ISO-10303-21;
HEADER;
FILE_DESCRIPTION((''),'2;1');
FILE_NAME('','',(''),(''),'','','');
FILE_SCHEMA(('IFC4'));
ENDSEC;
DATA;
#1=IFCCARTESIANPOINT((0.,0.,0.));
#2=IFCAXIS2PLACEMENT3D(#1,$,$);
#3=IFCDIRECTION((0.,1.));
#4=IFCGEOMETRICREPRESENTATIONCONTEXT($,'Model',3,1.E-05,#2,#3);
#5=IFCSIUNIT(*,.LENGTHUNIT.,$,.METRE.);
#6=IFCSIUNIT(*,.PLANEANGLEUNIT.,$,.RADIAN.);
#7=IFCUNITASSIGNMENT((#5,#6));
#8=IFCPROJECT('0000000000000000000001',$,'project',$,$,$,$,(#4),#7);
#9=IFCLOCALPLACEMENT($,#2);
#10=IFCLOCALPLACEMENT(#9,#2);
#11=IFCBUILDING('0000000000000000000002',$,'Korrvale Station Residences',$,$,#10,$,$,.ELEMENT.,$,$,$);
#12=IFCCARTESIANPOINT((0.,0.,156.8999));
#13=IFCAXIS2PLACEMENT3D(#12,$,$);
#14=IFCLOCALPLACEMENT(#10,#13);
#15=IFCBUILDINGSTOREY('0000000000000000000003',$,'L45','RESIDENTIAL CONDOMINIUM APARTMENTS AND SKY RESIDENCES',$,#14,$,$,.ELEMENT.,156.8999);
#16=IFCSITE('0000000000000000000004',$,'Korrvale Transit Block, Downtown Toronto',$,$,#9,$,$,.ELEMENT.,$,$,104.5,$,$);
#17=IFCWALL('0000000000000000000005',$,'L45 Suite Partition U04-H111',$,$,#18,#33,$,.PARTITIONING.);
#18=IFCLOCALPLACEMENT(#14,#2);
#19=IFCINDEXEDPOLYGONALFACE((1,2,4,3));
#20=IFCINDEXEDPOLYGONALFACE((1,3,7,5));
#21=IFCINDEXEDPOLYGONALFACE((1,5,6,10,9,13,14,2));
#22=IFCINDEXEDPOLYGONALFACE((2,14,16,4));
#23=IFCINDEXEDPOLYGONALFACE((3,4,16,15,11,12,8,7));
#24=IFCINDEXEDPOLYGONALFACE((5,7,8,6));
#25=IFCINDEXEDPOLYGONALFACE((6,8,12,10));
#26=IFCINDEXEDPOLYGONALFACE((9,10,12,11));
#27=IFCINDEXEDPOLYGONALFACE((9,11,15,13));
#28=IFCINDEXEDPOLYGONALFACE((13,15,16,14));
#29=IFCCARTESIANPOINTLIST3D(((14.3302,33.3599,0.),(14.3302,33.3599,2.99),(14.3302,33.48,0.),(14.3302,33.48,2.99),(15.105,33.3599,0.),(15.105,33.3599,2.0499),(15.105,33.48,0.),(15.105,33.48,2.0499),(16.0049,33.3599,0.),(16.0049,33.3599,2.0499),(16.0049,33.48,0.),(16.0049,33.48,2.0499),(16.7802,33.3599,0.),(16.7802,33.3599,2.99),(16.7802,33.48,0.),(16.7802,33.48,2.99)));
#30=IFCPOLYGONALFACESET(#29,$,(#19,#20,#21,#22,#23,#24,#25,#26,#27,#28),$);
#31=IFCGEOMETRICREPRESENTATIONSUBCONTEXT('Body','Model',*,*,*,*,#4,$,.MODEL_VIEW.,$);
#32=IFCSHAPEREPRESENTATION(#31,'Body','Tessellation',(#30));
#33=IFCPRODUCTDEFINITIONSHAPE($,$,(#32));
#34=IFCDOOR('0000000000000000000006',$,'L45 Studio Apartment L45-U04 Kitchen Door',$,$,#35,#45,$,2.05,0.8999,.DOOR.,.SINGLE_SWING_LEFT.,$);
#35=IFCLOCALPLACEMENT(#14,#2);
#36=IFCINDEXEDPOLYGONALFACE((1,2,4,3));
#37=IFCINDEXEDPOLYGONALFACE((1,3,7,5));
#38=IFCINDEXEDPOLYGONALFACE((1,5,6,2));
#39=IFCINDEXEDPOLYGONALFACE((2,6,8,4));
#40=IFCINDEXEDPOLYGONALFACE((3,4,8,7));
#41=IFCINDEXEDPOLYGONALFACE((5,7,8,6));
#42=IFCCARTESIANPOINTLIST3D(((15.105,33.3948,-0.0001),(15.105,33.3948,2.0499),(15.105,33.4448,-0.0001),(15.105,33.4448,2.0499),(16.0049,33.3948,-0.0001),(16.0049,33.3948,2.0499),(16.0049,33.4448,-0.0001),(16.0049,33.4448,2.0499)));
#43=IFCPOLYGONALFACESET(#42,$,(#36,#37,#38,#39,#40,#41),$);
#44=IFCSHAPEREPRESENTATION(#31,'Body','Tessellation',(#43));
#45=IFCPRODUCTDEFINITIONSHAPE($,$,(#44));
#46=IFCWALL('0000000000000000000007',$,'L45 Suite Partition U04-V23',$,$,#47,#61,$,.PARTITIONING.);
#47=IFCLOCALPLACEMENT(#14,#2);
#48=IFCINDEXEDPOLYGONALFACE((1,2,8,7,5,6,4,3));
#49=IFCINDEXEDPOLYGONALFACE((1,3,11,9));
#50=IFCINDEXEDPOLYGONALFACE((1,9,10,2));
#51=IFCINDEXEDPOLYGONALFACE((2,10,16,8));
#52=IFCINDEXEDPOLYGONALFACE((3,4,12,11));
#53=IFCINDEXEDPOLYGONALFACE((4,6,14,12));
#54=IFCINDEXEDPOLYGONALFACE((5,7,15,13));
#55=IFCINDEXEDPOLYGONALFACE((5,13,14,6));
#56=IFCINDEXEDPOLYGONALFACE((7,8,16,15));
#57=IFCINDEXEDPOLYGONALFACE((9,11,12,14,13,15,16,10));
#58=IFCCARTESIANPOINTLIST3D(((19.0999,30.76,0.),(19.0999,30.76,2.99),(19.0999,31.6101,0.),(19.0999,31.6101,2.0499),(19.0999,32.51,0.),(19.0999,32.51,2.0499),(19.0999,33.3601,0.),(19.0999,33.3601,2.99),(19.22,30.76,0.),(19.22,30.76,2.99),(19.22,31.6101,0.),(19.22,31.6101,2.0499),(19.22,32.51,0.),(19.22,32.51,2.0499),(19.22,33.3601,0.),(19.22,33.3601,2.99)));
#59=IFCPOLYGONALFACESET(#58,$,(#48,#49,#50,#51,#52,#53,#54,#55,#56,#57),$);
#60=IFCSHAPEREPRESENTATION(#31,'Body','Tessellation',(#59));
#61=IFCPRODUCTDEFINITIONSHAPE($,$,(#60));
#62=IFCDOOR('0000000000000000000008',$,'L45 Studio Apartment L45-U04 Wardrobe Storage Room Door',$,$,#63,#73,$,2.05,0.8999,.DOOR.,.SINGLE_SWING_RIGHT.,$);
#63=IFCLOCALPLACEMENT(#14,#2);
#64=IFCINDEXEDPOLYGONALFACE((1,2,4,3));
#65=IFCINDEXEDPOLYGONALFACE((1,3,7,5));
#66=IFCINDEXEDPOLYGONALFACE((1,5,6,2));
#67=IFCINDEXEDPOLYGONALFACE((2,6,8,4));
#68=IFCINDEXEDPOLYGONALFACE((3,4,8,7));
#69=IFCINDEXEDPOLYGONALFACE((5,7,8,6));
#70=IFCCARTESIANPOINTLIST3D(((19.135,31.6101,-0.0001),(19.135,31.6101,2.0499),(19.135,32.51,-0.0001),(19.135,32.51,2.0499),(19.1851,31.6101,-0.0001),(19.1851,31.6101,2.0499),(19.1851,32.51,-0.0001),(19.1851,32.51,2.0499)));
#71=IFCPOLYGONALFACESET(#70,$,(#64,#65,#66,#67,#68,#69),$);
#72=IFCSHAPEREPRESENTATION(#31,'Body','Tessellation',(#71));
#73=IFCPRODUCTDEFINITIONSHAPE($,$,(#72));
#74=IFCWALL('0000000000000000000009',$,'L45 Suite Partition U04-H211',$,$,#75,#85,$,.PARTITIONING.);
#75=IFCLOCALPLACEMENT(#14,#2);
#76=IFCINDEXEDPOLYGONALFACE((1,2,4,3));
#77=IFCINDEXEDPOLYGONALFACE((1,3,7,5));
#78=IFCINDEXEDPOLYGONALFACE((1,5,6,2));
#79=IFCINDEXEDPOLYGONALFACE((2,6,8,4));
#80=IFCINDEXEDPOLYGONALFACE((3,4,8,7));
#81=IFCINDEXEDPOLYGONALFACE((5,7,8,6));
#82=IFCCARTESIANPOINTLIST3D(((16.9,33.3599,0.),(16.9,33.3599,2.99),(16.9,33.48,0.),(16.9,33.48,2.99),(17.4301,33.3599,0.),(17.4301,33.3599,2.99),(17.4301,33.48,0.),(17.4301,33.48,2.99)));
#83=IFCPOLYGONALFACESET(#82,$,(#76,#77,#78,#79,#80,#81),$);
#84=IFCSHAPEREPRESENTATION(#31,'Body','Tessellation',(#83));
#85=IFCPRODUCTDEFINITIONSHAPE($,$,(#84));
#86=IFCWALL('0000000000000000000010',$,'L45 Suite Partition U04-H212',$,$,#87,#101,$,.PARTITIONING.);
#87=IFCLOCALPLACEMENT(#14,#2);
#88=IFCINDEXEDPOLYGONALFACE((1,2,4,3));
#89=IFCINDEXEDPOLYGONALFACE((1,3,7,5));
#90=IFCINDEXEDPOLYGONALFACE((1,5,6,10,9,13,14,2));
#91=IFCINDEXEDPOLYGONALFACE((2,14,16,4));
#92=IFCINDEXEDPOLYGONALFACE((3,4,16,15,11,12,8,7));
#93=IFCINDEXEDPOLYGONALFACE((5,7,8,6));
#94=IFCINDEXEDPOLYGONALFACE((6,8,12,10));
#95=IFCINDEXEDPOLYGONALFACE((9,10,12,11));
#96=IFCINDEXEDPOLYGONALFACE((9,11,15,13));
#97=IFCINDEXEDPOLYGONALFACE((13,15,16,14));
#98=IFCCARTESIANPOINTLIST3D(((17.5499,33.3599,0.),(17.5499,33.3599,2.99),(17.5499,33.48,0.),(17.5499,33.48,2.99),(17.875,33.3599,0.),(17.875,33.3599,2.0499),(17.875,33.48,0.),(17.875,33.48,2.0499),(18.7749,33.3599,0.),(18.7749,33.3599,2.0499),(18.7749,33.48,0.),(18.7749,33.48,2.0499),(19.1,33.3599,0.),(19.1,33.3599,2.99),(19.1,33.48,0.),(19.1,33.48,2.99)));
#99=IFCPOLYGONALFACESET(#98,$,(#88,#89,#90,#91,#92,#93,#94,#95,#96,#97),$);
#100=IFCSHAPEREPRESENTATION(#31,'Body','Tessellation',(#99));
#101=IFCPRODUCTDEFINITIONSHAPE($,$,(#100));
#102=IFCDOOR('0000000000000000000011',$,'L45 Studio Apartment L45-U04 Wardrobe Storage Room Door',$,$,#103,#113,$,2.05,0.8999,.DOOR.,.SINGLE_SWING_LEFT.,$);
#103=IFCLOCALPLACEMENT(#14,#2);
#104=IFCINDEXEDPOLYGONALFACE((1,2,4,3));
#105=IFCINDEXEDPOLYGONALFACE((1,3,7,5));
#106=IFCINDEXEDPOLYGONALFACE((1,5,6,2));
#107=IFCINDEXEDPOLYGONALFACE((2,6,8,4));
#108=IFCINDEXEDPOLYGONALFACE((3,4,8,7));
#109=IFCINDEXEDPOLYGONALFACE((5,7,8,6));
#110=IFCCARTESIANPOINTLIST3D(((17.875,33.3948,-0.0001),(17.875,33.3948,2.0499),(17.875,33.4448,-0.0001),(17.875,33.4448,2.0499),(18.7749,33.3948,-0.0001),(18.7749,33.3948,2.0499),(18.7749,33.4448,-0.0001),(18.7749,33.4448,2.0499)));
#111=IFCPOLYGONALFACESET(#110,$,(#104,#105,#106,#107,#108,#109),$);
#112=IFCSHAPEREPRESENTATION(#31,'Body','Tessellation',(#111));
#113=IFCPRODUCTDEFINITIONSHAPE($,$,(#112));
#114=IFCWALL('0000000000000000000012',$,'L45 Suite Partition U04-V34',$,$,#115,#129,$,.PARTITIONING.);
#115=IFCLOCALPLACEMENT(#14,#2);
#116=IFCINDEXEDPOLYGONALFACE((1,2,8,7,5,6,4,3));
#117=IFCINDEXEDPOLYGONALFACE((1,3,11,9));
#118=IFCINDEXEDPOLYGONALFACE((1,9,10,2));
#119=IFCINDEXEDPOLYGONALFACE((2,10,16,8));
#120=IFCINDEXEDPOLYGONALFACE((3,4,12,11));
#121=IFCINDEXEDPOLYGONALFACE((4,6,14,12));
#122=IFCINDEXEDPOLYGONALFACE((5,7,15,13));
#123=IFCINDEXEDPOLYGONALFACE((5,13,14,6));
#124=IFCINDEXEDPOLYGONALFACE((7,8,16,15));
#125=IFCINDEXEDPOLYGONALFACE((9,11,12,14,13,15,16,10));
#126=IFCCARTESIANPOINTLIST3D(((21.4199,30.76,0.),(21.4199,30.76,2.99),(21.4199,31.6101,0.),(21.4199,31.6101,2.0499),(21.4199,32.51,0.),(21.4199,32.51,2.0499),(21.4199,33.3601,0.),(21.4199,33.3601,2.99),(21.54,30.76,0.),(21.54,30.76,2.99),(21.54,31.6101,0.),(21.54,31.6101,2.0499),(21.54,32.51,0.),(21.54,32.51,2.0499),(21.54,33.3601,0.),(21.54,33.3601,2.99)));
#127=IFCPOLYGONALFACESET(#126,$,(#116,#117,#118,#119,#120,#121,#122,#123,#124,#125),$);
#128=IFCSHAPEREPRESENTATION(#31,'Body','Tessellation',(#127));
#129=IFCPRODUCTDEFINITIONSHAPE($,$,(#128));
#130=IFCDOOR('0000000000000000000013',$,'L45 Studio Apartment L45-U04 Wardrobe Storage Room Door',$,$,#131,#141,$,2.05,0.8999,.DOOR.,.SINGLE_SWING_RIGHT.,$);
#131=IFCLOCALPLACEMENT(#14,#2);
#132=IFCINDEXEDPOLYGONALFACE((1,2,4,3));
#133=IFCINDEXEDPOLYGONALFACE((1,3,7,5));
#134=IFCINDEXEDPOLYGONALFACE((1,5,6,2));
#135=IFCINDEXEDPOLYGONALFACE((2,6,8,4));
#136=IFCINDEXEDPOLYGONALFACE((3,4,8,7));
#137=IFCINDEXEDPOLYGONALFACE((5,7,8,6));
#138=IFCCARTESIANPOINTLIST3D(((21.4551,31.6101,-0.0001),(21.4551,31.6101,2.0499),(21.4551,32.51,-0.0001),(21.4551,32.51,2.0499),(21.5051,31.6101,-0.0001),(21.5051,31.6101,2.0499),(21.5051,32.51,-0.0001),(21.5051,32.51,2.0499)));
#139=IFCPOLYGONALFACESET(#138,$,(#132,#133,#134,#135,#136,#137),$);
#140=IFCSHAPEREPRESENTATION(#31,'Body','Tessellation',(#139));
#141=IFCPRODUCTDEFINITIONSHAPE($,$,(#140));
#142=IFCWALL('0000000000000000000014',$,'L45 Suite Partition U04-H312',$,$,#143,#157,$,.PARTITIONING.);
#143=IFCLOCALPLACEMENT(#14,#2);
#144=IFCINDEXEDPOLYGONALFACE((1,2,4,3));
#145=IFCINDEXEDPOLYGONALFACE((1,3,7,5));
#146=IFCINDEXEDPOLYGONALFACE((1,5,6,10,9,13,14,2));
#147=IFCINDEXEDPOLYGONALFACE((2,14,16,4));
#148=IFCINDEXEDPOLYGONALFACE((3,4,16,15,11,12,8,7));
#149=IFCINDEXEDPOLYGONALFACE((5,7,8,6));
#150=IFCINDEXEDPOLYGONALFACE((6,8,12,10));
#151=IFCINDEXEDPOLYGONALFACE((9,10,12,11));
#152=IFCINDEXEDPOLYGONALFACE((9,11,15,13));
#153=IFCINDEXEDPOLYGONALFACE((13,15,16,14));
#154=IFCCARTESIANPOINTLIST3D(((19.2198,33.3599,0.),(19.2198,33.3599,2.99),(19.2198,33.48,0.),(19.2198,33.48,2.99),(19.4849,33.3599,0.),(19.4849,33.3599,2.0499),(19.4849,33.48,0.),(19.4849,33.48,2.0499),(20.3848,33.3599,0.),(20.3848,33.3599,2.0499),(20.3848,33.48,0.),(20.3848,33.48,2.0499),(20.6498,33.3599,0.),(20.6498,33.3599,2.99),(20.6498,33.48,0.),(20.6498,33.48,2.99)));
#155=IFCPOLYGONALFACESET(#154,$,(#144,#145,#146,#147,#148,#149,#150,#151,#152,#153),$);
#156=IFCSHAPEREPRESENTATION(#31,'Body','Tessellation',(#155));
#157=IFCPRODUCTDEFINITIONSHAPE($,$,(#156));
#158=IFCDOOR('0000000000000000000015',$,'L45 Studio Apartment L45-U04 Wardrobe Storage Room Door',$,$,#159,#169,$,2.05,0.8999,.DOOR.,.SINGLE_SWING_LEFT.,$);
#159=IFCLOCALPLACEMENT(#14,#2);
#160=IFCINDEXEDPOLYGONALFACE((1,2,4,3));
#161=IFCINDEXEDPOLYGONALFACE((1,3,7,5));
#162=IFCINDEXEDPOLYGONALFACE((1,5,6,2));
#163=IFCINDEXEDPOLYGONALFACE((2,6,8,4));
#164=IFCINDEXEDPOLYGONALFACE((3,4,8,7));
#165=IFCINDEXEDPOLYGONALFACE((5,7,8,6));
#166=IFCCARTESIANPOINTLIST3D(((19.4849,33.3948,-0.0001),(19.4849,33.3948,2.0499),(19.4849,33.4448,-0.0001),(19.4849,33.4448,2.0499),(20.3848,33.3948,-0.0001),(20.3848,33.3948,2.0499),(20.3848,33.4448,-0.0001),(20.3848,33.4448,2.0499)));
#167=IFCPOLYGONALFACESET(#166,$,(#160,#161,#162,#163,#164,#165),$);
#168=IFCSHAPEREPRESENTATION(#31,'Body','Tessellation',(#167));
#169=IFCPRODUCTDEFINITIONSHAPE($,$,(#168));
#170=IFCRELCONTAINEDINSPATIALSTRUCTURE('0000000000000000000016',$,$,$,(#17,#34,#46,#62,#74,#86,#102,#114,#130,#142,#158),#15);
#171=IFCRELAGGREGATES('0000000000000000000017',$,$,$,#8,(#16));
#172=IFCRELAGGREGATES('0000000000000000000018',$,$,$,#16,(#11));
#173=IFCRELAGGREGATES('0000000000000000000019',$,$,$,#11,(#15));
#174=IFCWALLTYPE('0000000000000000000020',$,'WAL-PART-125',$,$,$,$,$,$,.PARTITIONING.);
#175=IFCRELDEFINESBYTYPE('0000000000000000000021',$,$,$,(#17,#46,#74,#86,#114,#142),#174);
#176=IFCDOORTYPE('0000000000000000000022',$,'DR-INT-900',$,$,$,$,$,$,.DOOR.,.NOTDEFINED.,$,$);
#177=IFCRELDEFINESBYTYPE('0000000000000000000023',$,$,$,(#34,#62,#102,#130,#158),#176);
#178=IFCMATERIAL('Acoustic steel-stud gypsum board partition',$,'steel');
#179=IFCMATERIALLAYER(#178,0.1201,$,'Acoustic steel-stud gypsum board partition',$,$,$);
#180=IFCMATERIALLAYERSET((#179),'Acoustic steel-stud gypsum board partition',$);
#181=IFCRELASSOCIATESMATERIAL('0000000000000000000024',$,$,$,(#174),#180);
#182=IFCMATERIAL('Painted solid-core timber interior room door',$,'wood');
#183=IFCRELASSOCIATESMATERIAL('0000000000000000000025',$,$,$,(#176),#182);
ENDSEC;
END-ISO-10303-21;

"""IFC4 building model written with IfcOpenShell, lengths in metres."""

from ifc_helpers import new_model, si_unit, direction, frame, frame_2d, origin, place, context, subcontext, project, spatial, rectangle, extrude, material, layer, layer_set, type_object, element, fill, save


model = new_model("IFC4")

# Units and contexts
model_context = context("Model", 3, precision=1e-05, world=origin(), true_north=direction((0.0, 1.0)))
body_context = subcontext(model_context, "Body", "Model", "MODEL_VIEW")
ifc_project = project(units=[si_unit("LENGTHUNIT", "METRE"), si_unit("PLANEANGLEUNIT", "RADIAN")], contexts=[model_context])

# Site, building, storey
site_placement = place(None, origin())
site = spatial("IfcSite", under=ifc_project, at=site_placement, Name="Korrvale Transit Block, Downtown Toronto", CompositionType="ELEMENT", RefElevation=104.5)
building_placement = place(site_placement, origin())
building = spatial("IfcBuilding", under=site, at=building_placement, Name="Korrvale Station Residences", CompositionType="ELEMENT")
storey_placement = place(building_placement, frame((0.0, 0.0, 156.8999)))
storey = spatial("IfcBuildingStorey", under=building, at=storey_placement, Name="L45", Description="RESIDENTIAL CONDOMINIUM APARTMENTS AND SKY RESIDENCES", CompositionType="ELEMENT", Elevation=156.8999)

# Walls, openings, doors
ifc_material_1 = material(Name="Acoustic steel-stud gypsum board partition", Category="steel")
ifc_layer = layer(ifc_material_1, 0.1201, Name="Acoustic steel-stud gypsum board partition")
ifc_layer_set = layer_set([ifc_layer], Name="Acoustic steel-stud gypsum board partition")
wall_type = type_object("IfcWallType", Name="WAL-PART-125", PredefinedType="PARTITIONING", material=ifc_layer_set)
wall_1_placement = place(storey_placement, frame((14.3301, 33.4199, 0.0), z_axis=(0.0, 0.0, 1.0), x_axis=(1.0, 0.0, 0.0)))
wall_1 = element("IfcWall", 1, at=wall_1_placement, inside=storey, type_object=wall_type, Name="L45 Suite Partition U04-H111", PredefinedType="PARTITIONING", context=body_context, shape_type="SweptSolid", body=[
    extrude(rectangle(XDim=2.45, YDim=0.1201, at=frame_2d((1.2251, 0.0))), origin(), (0.0, 0.0, 1.0), 2.99),
])
opening_1_placement = place(wall_1_placement, frame((0.7749, 0.0, 0.0)))
opening_1 = element("IfcOpeningElement", 2, at=opening_1_placement, cuts=wall_1, PredefinedType="OPENING", context=body_context, shape_type="SweptSolid", body=[
    extrude(rectangle(XDim=0.8999, YDim=2.05, at=frame_2d((0.45, 1.0249))), frame((0.0, 0.0701, 0.0), z_axis=(0.0, -1.0, 0.0), x_axis=(1.0, 0.0, 0.0)), (0.0, 0.0, 1.0), 0.1401),
])
ifc_material_2 = material(Name="Painted solid-core timber interior room door", Category="wood")
door_type = type_object("IfcDoorType", Name="DR-INT-900", OperationType="NOTDEFINED", PredefinedType="DOOR", material=ifc_material_2)
door_1_placement = place(opening_1_placement, origin())
door_1 = element("IfcDoor", 3, at=door_1_placement, inside=storey, type_object=door_type, Name="L45 Studio Apartment L45-U04 Kitchen Door", OperationType="SINGLE_SWING_LEFT", OverallHeight=2.05, OverallWidth=0.8999, PredefinedType="DOOR", context=body_context, shape_type="SweptSolid", body=[
    extrude(rectangle(XDim=0.8999, YDim=2.05, at=frame_2d((0.45, 1.0249))), frame((0.0, 0.0249, 0.0), z_axis=(0.0, -1.0, 0.0), x_axis=(1.0, 0.0, 0.0)), (0.0, 0.0, 1.0), 0.05),
])
fill(opening_1, door_1)
wall_2_placement = place(storey_placement, frame((19.1599, 30.76, 0.0), z_axis=(0.0, 0.0, 1.0), x_axis=(0.0, 1.0, 0.0)))
wall_2 = element("IfcWall", 4, at=wall_2_placement, inside=storey, type_object=wall_type, Name="L45 Suite Partition U04-V23", PredefinedType="PARTITIONING", context=body_context, shape_type="SweptSolid", body=[
    extrude(rectangle(XDim=2.6001, YDim=0.1201, at=frame_2d((1.3, 0.0))), origin(), (0.0, 0.0, 1.0), 2.99),
])
opening_2_placement = place(wall_2_placement, frame((0.8501, 0.0, 0.0)))
opening_2 = element("IfcOpeningElement", 5, at=opening_2_placement, cuts=wall_2, PredefinedType="OPENING", context=body_context, shape_type="SweptSolid", body=[
    extrude(rectangle(XDim=0.8999, YDim=2.05, at=frame_2d((0.45, 1.0249))), frame((0.0, 0.0701, 0.0), z_axis=(0.0, -1.0, 0.0), x_axis=(1.0, 0.0, 0.0)), (0.0, 0.0, 1.0), 0.1401),
])
door_2_placement = place(opening_2_placement, origin())
door_2 = element("IfcDoor", 6, at=door_2_placement, inside=storey, type_object=door_type, Name="L45 Studio Apartment L45-U04 Wardrobe Storage Room Door", OperationType="SINGLE_SWING_RIGHT", OverallHeight=2.05, OverallWidth=0.8999, PredefinedType="DOOR", context=body_context, shape_type="SweptSolid", body=[
    extrude(rectangle(XDim=0.8999, YDim=2.05, at=frame_2d((0.45, 1.0249))), frame((0.0, 0.0249, 0.0), z_axis=(0.0, -1.0, 0.0), x_axis=(1.0, 0.0, 0.0)), (0.0, 0.0, 1.0), 0.05),
])
fill(opening_2, door_2)

# Wall
wall_3_placement = place(storey_placement, frame((16.8999, 33.4199, 0.0), z_axis=(0.0, 0.0, 1.0), x_axis=(1.0, 0.0, 0.0)))
element("IfcWall", 7, at=wall_3_placement, inside=storey, type_object=wall_type, Name="L45 Suite Partition U04-H211", PredefinedType="PARTITIONING", context=body_context, shape_type="SweptSolid", body=[
    extrude(rectangle(XDim=0.53, YDim=0.1201, at=frame_2d((0.2651, 0.0))), origin(), (0.0, 0.0, 1.0), 2.99),
])

# Walls, openings, doors
wall_4_placement = place(storey_placement, frame((17.55, 33.4199, 0.0), z_axis=(0.0, 0.0, 1.0), x_axis=(1.0, 0.0, 0.0)))
wall_4 = element("IfcWall", 8, at=wall_4_placement, inside=storey, type_object=wall_type, Name="L45 Suite Partition U04-H212", PredefinedType="PARTITIONING", context=body_context, shape_type="SweptSolid", body=[
    extrude(rectangle(XDim=1.55, YDim=0.1201, at=frame_2d((0.7749, 0.0))), origin(), (0.0, 0.0, 1.0), 2.99),
])
opening_3_placement = place(wall_4_placement, frame((0.325, 0.0, 0.0)))
opening_3 = element("IfcOpeningElement", 9, at=opening_3_placement, cuts=wall_4, PredefinedType="OPENING", context=body_context, shape_type="SweptSolid", body=[
    extrude(rectangle(XDim=0.8999, YDim=2.05, at=frame_2d((0.45, 1.0249))), frame((0.0, 0.0701, 0.0), z_axis=(0.0, -1.0, 0.0), x_axis=(1.0, 0.0, 0.0)), (0.0, 0.0, 1.0), 0.1401),
])
door_3_placement = place(opening_3_placement, origin())
door_3 = element("IfcDoor", 10, at=door_3_placement, inside=storey, type_object=door_type, Name="L45 Studio Apartment L45-U04 Wardrobe Storage Room Door", OperationType="SINGLE_SWING_LEFT", OverallHeight=2.05, OverallWidth=0.8999, PredefinedType="DOOR", context=body_context, shape_type="SweptSolid", body=[
    extrude(rectangle(XDim=0.8999, YDim=2.05, at=frame_2d((0.45, 1.0249))), frame((0.0, 0.0249, 0.0), z_axis=(0.0, -1.0, 0.0), x_axis=(1.0, 0.0, 0.0)), (0.0, 0.0, 1.0), 0.05),
])
fill(opening_3, door_3)
wall_5_placement = place(storey_placement, frame((21.48, 30.76, 0.0), z_axis=(0.0, 0.0, 1.0), x_axis=(0.0, 1.0, 0.0)))
wall_5 = element("IfcWall", 11, at=wall_5_placement, inside=storey, type_object=wall_type, Name="L45 Suite Partition U04-V34", PredefinedType="PARTITIONING", context=body_context, shape_type="SweptSolid", body=[
    extrude(rectangle(XDim=2.6001, YDim=0.1201, at=frame_2d((1.3, 0.0))), origin(), (0.0, 0.0, 1.0), 2.99),
])
opening_4_placement = place(wall_5_placement, frame((0.8501, 0.0, 0.0)))
opening_4 = element("IfcOpeningElement", 12, at=opening_4_placement, cuts=wall_5, PredefinedType="OPENING", context=body_context, shape_type="SweptSolid", body=[
    extrude(rectangle(XDim=0.8999, YDim=2.05, at=frame_2d((0.45, 1.0249))), frame((0.0, 0.0701, 0.0), z_axis=(0.0, -1.0, 0.0), x_axis=(1.0, 0.0, 0.0)), (0.0, 0.0, 1.0), 0.1401),
])
door_4_placement = place(opening_4_placement, origin())
door_4 = element("IfcDoor", 13, at=door_4_placement, inside=storey, type_object=door_type, Name="L45 Studio Apartment L45-U04 Wardrobe Storage Room Door", OperationType="SINGLE_SWING_RIGHT", OverallHeight=2.05, OverallWidth=0.8999, PredefinedType="DOOR", context=body_context, shape_type="SweptSolid", body=[
    extrude(rectangle(XDim=0.8999, YDim=2.05, at=frame_2d((0.45, 1.0249))), frame((0.0, 0.0249, 0.0), z_axis=(0.0, -1.0, 0.0), x_axis=(1.0, 0.0, 0.0)), (0.0, 0.0, 1.0), 0.05),
])
fill(opening_4, door_4)
wall_6_placement = place(storey_placement, frame((19.22, 33.4199, 0.0), z_axis=(0.0, 0.0, 1.0), x_axis=(1.0, 0.0, 0.0)))
wall_6 = element("IfcWall", 14, at=wall_6_placement, inside=storey, type_object=wall_type, Name="L45 Suite Partition U04-H312", PredefinedType="PARTITIONING", context=body_context, shape_type="SweptSolid", body=[
    extrude(rectangle(XDim=1.4299, YDim=0.1201, at=frame_2d((0.7148, 0.0))), origin(), (0.0, 0.0, 1.0), 2.99),
])
opening_5_placement = place(wall_6_placement, frame((0.2649, 0.0, 0.0)))
opening_5 = element("IfcOpeningElement", 15, at=opening_5_placement, cuts=wall_6, PredefinedType="OPENING", context=body_context, shape_type="SweptSolid", body=[
    extrude(rectangle(XDim=0.8999, YDim=2.05, at=frame_2d((0.45, 1.0249))), frame((0.0, 0.0701, 0.0), z_axis=(0.0, -1.0, 0.0), x_axis=(1.0, 0.0, 0.0)), (0.0, 0.0, 1.0), 0.1401),
])
door_5_placement = place(opening_5_placement, origin())
door_5 = element("IfcDoor", 16, at=door_5_placement, inside=storey, type_object=door_type, Name="L45 Studio Apartment L45-U04 Wardrobe Storage Room Door", OperationType="SINGLE_SWING_LEFT", OverallHeight=2.05, OverallWidth=0.8999, PredefinedType="DOOR", context=body_context, shape_type="SweptSolid", body=[
    extrude(rectangle(XDim=0.8999, YDim=2.05, at=frame_2d((0.45, 1.0249))), frame((0.0, 0.0249, 0.0), z_axis=(0.0, -1.0, 0.0), x_axis=(1.0, 0.0, 0.0)), (0.0, 0.0, 1.0), 0.05),
])
fill(opening_5, door_5)

save(model, "model.ifc")
